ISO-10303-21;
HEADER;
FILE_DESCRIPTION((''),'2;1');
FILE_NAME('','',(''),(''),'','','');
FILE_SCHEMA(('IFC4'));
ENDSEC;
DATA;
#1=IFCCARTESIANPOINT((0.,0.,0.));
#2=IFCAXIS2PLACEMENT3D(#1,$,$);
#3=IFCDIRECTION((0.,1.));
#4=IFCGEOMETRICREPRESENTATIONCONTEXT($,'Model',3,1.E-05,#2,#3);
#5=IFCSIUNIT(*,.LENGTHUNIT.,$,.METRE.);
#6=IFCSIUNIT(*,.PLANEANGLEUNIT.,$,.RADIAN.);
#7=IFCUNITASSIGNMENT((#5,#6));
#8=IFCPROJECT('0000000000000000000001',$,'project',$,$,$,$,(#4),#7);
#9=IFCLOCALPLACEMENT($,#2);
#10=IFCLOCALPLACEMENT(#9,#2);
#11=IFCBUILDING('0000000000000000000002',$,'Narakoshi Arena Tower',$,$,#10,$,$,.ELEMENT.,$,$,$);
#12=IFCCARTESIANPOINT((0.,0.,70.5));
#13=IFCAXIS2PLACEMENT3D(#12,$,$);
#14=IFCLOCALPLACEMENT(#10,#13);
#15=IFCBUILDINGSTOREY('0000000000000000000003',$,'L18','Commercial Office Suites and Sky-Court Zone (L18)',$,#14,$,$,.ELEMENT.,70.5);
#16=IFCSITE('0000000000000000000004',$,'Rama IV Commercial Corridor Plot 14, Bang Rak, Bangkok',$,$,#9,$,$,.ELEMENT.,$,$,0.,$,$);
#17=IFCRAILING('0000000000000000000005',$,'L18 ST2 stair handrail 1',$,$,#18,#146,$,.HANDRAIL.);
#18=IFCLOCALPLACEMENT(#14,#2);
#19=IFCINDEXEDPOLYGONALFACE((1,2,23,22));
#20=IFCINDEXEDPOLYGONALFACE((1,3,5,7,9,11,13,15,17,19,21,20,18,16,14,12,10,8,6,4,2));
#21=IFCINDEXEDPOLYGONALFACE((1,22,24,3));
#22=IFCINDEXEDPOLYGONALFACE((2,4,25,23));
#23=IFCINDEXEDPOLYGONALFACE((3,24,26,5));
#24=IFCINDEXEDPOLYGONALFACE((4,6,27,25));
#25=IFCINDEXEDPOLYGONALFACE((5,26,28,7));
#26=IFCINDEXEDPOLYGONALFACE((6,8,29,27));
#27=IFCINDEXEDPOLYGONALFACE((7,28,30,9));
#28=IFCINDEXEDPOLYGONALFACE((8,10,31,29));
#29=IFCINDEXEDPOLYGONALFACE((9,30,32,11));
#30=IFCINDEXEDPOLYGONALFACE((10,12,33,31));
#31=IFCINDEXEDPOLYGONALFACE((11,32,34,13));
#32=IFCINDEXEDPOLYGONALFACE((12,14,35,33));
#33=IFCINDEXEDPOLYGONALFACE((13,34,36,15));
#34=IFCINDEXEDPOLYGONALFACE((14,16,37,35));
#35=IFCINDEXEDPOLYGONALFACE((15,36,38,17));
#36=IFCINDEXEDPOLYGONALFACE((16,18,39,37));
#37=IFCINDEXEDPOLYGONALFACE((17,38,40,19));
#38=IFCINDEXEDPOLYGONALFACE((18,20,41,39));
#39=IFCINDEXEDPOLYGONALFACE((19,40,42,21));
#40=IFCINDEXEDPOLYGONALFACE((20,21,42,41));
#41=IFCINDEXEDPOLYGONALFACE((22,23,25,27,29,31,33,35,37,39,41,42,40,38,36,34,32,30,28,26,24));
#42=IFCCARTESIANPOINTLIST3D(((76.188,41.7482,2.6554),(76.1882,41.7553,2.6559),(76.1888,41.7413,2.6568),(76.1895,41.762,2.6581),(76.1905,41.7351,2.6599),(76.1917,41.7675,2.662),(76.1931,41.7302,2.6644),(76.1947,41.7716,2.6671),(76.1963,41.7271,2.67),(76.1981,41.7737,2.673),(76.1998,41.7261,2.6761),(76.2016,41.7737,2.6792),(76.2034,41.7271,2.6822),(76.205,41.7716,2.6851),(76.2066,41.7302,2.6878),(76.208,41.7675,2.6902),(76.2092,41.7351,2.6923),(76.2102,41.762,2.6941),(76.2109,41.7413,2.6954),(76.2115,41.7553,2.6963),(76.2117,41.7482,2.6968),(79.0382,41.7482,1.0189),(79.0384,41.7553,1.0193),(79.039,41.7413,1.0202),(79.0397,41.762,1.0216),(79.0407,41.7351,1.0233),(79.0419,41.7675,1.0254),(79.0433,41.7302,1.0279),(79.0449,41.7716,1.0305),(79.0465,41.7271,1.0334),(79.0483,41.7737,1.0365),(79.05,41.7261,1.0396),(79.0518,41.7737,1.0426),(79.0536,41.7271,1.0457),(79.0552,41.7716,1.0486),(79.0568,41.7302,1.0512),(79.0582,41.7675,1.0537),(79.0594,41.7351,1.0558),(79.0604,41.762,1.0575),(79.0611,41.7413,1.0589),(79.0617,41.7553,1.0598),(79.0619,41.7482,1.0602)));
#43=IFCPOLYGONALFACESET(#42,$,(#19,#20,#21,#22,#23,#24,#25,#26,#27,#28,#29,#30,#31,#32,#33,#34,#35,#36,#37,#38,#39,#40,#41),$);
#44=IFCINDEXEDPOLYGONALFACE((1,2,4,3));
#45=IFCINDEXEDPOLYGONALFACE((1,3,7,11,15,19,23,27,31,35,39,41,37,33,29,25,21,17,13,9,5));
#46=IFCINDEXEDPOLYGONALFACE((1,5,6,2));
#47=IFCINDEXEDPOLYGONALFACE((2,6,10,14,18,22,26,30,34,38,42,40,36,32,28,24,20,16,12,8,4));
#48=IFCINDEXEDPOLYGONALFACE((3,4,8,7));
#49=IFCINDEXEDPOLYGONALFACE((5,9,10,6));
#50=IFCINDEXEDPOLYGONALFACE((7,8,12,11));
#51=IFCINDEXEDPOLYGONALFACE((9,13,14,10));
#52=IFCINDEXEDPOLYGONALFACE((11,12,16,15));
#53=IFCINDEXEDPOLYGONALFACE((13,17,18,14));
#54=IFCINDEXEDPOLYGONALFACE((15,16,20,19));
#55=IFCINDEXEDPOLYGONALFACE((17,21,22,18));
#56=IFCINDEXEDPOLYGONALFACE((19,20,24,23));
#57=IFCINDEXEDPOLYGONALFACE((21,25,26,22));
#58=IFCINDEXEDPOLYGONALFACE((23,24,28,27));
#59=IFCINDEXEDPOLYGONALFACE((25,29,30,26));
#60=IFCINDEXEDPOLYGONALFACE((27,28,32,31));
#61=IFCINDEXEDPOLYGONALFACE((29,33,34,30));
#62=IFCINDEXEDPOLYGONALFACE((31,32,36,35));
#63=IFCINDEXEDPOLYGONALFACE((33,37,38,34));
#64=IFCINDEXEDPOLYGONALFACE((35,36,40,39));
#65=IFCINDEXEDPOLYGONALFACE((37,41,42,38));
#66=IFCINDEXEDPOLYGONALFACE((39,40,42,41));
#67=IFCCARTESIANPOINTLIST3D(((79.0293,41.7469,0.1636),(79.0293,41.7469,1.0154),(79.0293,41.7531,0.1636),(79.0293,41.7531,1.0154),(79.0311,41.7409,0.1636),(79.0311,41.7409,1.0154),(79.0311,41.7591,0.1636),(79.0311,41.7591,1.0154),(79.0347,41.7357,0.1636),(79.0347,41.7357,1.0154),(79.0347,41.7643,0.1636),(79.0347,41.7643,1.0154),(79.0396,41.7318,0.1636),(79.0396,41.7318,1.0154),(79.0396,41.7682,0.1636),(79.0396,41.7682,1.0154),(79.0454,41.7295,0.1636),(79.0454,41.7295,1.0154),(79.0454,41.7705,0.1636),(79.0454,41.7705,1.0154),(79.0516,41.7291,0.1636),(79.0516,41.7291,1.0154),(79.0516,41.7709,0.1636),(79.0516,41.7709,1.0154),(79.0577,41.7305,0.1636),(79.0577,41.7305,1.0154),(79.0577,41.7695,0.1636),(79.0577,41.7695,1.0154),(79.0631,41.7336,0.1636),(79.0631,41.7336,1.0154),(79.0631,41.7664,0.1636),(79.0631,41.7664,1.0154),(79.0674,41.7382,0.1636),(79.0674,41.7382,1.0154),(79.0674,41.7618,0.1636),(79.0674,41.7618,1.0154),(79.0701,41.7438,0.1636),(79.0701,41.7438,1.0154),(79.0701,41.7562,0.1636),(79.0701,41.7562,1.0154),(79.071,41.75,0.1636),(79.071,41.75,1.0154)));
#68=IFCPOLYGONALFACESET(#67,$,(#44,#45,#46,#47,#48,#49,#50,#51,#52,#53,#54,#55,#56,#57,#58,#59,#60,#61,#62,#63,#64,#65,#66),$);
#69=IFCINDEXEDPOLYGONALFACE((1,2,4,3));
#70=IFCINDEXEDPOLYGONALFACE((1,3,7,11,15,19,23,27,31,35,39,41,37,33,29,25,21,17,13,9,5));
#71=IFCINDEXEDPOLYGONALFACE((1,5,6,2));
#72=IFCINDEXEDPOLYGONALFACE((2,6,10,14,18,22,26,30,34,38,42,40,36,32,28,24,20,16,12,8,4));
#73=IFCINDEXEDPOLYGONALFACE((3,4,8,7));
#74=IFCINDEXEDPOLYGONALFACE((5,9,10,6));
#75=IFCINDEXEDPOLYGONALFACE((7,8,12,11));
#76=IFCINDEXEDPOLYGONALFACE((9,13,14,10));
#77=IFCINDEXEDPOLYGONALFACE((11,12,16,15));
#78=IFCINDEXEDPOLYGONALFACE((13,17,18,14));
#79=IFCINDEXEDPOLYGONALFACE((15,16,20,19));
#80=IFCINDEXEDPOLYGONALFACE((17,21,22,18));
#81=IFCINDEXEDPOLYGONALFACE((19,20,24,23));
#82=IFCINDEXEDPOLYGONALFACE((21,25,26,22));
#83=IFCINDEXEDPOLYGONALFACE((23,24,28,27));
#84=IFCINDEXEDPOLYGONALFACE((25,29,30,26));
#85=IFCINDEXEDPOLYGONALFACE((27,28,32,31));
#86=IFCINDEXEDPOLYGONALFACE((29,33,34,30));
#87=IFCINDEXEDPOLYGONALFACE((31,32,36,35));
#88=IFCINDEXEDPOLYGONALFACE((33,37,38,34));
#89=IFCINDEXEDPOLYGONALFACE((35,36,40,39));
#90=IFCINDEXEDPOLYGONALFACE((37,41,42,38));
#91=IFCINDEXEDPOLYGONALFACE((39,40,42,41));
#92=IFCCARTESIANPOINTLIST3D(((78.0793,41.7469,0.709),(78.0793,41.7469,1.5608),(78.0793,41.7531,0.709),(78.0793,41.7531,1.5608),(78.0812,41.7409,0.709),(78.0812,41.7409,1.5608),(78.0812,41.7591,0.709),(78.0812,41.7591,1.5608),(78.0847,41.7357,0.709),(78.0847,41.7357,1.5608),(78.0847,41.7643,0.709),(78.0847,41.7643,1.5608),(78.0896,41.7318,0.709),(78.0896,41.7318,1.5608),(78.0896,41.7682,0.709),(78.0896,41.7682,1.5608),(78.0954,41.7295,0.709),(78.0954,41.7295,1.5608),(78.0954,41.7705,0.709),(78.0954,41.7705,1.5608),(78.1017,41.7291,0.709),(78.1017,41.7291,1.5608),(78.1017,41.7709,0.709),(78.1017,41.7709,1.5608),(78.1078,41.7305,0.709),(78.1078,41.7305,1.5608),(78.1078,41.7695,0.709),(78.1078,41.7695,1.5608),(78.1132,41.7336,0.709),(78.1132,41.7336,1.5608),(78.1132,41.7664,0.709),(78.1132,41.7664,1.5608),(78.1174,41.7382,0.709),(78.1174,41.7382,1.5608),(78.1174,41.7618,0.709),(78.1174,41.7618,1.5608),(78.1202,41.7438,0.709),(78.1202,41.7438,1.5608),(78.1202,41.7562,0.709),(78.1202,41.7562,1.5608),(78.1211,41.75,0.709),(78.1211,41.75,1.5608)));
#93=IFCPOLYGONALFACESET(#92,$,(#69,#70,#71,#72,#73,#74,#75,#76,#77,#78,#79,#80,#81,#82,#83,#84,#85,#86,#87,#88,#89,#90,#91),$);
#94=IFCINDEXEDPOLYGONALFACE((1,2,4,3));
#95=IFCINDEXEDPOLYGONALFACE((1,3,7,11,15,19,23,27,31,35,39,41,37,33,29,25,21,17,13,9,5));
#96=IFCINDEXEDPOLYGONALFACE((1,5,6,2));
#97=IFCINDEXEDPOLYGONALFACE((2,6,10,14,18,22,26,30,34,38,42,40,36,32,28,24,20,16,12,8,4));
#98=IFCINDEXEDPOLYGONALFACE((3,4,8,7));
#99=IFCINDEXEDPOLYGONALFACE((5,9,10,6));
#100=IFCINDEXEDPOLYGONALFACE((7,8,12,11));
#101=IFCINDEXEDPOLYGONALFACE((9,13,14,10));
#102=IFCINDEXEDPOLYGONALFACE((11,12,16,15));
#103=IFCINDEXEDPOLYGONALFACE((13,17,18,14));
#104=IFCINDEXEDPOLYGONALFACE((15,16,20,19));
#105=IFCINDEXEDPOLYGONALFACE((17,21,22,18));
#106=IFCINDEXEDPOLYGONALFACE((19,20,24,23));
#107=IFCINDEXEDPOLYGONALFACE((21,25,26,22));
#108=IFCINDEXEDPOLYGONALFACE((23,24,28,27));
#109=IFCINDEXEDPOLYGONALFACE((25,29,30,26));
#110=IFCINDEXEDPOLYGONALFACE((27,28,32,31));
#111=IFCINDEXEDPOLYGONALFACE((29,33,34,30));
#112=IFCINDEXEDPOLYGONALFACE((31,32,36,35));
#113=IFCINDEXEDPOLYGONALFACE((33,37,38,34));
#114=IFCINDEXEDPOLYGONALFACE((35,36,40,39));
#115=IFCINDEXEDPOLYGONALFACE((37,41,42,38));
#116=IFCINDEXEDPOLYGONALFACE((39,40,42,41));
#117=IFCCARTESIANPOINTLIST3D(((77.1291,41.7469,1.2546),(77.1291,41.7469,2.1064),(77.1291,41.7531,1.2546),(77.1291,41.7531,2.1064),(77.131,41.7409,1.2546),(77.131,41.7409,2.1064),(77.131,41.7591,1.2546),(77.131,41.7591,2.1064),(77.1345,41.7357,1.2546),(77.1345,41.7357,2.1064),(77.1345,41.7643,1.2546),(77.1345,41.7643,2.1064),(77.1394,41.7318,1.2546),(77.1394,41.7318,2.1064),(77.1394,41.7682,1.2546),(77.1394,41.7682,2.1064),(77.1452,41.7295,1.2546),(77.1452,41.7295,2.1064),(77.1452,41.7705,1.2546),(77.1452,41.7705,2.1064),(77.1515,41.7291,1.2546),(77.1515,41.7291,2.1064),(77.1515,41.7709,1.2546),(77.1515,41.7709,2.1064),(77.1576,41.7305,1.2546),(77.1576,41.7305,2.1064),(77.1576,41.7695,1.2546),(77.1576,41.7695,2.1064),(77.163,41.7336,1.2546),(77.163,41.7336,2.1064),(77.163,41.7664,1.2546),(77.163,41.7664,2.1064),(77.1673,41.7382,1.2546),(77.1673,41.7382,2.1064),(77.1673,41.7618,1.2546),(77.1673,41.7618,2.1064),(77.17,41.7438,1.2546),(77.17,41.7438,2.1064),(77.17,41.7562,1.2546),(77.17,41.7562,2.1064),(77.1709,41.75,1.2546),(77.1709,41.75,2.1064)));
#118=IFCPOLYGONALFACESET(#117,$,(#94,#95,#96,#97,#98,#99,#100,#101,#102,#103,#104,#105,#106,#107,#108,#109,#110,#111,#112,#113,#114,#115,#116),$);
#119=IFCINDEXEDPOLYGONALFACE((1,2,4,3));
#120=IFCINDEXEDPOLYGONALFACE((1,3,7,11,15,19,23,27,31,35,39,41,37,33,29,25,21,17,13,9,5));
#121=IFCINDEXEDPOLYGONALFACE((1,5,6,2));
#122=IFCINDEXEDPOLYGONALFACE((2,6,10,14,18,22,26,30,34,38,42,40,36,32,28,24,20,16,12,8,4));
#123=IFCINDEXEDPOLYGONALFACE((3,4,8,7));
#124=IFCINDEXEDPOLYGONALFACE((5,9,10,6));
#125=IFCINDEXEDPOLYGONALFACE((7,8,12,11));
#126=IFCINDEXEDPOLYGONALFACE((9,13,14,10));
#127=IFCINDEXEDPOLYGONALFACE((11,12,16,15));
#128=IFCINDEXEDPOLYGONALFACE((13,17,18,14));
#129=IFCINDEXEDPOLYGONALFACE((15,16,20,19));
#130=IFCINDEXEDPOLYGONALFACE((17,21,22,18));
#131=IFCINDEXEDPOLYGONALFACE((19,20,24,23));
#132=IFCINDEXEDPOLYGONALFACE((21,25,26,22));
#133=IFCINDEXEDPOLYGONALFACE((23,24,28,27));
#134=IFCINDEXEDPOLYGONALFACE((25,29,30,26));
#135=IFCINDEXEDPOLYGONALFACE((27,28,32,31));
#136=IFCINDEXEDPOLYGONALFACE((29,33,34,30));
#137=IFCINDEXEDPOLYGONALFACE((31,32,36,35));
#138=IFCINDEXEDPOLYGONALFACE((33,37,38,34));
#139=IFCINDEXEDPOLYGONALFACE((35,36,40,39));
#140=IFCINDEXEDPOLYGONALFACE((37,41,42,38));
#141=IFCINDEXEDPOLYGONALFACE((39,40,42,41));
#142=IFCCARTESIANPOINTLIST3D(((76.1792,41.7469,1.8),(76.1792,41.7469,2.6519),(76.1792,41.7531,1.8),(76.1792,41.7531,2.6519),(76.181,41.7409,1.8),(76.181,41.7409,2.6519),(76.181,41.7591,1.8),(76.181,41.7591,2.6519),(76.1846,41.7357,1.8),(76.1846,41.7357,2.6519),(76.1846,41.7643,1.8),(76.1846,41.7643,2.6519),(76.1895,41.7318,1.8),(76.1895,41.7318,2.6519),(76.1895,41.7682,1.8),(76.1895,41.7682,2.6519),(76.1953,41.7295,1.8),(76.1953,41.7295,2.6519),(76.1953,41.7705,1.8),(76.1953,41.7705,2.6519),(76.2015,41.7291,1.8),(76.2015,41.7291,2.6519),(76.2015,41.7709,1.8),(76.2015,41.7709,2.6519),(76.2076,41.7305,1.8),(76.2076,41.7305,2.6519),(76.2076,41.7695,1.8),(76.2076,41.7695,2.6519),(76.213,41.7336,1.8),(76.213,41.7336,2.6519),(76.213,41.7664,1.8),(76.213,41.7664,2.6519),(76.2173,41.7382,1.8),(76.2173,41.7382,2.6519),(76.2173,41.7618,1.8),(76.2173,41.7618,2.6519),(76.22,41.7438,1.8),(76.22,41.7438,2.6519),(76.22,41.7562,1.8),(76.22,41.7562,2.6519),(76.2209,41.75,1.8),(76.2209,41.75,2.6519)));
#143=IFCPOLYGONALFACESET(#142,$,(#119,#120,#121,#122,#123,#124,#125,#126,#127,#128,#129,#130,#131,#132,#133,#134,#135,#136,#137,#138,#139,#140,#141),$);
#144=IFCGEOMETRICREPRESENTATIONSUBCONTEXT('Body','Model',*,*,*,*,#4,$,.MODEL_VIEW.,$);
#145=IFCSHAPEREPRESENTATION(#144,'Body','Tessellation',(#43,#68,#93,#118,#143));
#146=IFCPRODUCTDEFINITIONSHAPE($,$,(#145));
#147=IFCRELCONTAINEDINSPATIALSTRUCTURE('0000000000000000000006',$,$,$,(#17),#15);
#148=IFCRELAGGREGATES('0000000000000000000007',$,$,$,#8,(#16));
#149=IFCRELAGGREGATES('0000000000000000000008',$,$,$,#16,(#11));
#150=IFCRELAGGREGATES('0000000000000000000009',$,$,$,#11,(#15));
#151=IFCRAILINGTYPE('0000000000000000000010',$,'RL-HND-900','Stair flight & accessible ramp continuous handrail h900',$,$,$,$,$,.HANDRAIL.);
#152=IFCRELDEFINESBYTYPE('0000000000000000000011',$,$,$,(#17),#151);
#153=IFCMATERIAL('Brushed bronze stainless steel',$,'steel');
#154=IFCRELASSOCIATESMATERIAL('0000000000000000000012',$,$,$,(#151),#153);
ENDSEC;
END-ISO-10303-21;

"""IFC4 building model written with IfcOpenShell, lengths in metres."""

from ifc_helpers import new_model, si_unit, direction, frame, origin, origin_2d, place, context, subcontext, project, spatial, circle, extrude, material, type_object, element, save


model = new_model("IFC4")

# Units and contexts
model_context = context("Model", 3, precision=1e-05, world=origin(), true_north=direction((0.0, 1.0)))
body_context = subcontext(model_context, "Body", "Model", "MODEL_VIEW")
ifc_project = project(units=[si_unit("LENGTHUNIT", "METRE"), si_unit("PLANEANGLEUNIT", "RADIAN")], contexts=[model_context])

# Site, building, storey
site_placement = place(None, origin())
site = spatial("IfcSite", under=ifc_project, at=site_placement, Name="Rama IV Commercial Corridor Plot 14, Bang Rak, Bangkok", CompositionType="ELEMENT", RefElevation=0.0)
building_placement = place(site_placement, origin())
building = spatial("IfcBuilding", under=site, at=building_placement, Name="Narakoshi Arena Tower", CompositionType="ELEMENT")
storey_placement = place(building_placement, frame((0.0, 0.0, 70.5)))
storey = spatial("IfcBuildingStorey", under=building, at=storey_placement, Name="L18", Description="Commercial Office Suites and Sky-Court Zone (L18)", CompositionType="ELEMENT", Elevation=70.5)

# Railing
ifc_material_1 = material(Name="Brushed bronze stainless steel", Category="steel")
railing_type_1 = type_object("IfcRailingType", Name="RL-HND-900", Description="Stair flight & accessible ramp continuous handrail h900", PredefinedType="HANDRAIL", material=ifc_material_1)
for number, where, name in (
    (1, (79.05, 41.75, 0.1636), "L18 ST2 stair handrail 1"),
):
    element("IfcRailing", number, at=place(storey_placement, frame(where)), inside=storey, type_object=railing_type_1, Name=name, PredefinedType="HANDRAIL", context=body_context, shape_type="SweptSolid", body=[
        extrude(circle(Radius=0.0239, at=origin_2d()), frame((0.0, 0.0, 0.876), z_axis=(-0.867213, 0.0, 0.497938), x_axis=(0.0, -1.0, 0.0)), (0.0, 0.0, 1.0), 3.2866),
        extrude(circle(Radius=0.021, at=origin_2d()), origin(), (0.0, 0.0, 1.0), 0.8518),
        extrude(circle(Radius=0.021, at=origin_2d()), frame((-0.95, 0.0, 0.5454)), (0.0, 0.0, 1.0), 0.8518),
        extrude(circle(Radius=0.021, at=origin_2d()), frame((-1.9001, 0.0, 1.0911)), (0.0, 0.0, 1.0), 0.8518),
        extrude(circle(Radius=0.021, at=origin_2d()), frame((-2.8501, 0.0, 1.6365)), (0.0, 0.0, 1.0), 0.8518),
    ])

save(model, "model.ifc")
